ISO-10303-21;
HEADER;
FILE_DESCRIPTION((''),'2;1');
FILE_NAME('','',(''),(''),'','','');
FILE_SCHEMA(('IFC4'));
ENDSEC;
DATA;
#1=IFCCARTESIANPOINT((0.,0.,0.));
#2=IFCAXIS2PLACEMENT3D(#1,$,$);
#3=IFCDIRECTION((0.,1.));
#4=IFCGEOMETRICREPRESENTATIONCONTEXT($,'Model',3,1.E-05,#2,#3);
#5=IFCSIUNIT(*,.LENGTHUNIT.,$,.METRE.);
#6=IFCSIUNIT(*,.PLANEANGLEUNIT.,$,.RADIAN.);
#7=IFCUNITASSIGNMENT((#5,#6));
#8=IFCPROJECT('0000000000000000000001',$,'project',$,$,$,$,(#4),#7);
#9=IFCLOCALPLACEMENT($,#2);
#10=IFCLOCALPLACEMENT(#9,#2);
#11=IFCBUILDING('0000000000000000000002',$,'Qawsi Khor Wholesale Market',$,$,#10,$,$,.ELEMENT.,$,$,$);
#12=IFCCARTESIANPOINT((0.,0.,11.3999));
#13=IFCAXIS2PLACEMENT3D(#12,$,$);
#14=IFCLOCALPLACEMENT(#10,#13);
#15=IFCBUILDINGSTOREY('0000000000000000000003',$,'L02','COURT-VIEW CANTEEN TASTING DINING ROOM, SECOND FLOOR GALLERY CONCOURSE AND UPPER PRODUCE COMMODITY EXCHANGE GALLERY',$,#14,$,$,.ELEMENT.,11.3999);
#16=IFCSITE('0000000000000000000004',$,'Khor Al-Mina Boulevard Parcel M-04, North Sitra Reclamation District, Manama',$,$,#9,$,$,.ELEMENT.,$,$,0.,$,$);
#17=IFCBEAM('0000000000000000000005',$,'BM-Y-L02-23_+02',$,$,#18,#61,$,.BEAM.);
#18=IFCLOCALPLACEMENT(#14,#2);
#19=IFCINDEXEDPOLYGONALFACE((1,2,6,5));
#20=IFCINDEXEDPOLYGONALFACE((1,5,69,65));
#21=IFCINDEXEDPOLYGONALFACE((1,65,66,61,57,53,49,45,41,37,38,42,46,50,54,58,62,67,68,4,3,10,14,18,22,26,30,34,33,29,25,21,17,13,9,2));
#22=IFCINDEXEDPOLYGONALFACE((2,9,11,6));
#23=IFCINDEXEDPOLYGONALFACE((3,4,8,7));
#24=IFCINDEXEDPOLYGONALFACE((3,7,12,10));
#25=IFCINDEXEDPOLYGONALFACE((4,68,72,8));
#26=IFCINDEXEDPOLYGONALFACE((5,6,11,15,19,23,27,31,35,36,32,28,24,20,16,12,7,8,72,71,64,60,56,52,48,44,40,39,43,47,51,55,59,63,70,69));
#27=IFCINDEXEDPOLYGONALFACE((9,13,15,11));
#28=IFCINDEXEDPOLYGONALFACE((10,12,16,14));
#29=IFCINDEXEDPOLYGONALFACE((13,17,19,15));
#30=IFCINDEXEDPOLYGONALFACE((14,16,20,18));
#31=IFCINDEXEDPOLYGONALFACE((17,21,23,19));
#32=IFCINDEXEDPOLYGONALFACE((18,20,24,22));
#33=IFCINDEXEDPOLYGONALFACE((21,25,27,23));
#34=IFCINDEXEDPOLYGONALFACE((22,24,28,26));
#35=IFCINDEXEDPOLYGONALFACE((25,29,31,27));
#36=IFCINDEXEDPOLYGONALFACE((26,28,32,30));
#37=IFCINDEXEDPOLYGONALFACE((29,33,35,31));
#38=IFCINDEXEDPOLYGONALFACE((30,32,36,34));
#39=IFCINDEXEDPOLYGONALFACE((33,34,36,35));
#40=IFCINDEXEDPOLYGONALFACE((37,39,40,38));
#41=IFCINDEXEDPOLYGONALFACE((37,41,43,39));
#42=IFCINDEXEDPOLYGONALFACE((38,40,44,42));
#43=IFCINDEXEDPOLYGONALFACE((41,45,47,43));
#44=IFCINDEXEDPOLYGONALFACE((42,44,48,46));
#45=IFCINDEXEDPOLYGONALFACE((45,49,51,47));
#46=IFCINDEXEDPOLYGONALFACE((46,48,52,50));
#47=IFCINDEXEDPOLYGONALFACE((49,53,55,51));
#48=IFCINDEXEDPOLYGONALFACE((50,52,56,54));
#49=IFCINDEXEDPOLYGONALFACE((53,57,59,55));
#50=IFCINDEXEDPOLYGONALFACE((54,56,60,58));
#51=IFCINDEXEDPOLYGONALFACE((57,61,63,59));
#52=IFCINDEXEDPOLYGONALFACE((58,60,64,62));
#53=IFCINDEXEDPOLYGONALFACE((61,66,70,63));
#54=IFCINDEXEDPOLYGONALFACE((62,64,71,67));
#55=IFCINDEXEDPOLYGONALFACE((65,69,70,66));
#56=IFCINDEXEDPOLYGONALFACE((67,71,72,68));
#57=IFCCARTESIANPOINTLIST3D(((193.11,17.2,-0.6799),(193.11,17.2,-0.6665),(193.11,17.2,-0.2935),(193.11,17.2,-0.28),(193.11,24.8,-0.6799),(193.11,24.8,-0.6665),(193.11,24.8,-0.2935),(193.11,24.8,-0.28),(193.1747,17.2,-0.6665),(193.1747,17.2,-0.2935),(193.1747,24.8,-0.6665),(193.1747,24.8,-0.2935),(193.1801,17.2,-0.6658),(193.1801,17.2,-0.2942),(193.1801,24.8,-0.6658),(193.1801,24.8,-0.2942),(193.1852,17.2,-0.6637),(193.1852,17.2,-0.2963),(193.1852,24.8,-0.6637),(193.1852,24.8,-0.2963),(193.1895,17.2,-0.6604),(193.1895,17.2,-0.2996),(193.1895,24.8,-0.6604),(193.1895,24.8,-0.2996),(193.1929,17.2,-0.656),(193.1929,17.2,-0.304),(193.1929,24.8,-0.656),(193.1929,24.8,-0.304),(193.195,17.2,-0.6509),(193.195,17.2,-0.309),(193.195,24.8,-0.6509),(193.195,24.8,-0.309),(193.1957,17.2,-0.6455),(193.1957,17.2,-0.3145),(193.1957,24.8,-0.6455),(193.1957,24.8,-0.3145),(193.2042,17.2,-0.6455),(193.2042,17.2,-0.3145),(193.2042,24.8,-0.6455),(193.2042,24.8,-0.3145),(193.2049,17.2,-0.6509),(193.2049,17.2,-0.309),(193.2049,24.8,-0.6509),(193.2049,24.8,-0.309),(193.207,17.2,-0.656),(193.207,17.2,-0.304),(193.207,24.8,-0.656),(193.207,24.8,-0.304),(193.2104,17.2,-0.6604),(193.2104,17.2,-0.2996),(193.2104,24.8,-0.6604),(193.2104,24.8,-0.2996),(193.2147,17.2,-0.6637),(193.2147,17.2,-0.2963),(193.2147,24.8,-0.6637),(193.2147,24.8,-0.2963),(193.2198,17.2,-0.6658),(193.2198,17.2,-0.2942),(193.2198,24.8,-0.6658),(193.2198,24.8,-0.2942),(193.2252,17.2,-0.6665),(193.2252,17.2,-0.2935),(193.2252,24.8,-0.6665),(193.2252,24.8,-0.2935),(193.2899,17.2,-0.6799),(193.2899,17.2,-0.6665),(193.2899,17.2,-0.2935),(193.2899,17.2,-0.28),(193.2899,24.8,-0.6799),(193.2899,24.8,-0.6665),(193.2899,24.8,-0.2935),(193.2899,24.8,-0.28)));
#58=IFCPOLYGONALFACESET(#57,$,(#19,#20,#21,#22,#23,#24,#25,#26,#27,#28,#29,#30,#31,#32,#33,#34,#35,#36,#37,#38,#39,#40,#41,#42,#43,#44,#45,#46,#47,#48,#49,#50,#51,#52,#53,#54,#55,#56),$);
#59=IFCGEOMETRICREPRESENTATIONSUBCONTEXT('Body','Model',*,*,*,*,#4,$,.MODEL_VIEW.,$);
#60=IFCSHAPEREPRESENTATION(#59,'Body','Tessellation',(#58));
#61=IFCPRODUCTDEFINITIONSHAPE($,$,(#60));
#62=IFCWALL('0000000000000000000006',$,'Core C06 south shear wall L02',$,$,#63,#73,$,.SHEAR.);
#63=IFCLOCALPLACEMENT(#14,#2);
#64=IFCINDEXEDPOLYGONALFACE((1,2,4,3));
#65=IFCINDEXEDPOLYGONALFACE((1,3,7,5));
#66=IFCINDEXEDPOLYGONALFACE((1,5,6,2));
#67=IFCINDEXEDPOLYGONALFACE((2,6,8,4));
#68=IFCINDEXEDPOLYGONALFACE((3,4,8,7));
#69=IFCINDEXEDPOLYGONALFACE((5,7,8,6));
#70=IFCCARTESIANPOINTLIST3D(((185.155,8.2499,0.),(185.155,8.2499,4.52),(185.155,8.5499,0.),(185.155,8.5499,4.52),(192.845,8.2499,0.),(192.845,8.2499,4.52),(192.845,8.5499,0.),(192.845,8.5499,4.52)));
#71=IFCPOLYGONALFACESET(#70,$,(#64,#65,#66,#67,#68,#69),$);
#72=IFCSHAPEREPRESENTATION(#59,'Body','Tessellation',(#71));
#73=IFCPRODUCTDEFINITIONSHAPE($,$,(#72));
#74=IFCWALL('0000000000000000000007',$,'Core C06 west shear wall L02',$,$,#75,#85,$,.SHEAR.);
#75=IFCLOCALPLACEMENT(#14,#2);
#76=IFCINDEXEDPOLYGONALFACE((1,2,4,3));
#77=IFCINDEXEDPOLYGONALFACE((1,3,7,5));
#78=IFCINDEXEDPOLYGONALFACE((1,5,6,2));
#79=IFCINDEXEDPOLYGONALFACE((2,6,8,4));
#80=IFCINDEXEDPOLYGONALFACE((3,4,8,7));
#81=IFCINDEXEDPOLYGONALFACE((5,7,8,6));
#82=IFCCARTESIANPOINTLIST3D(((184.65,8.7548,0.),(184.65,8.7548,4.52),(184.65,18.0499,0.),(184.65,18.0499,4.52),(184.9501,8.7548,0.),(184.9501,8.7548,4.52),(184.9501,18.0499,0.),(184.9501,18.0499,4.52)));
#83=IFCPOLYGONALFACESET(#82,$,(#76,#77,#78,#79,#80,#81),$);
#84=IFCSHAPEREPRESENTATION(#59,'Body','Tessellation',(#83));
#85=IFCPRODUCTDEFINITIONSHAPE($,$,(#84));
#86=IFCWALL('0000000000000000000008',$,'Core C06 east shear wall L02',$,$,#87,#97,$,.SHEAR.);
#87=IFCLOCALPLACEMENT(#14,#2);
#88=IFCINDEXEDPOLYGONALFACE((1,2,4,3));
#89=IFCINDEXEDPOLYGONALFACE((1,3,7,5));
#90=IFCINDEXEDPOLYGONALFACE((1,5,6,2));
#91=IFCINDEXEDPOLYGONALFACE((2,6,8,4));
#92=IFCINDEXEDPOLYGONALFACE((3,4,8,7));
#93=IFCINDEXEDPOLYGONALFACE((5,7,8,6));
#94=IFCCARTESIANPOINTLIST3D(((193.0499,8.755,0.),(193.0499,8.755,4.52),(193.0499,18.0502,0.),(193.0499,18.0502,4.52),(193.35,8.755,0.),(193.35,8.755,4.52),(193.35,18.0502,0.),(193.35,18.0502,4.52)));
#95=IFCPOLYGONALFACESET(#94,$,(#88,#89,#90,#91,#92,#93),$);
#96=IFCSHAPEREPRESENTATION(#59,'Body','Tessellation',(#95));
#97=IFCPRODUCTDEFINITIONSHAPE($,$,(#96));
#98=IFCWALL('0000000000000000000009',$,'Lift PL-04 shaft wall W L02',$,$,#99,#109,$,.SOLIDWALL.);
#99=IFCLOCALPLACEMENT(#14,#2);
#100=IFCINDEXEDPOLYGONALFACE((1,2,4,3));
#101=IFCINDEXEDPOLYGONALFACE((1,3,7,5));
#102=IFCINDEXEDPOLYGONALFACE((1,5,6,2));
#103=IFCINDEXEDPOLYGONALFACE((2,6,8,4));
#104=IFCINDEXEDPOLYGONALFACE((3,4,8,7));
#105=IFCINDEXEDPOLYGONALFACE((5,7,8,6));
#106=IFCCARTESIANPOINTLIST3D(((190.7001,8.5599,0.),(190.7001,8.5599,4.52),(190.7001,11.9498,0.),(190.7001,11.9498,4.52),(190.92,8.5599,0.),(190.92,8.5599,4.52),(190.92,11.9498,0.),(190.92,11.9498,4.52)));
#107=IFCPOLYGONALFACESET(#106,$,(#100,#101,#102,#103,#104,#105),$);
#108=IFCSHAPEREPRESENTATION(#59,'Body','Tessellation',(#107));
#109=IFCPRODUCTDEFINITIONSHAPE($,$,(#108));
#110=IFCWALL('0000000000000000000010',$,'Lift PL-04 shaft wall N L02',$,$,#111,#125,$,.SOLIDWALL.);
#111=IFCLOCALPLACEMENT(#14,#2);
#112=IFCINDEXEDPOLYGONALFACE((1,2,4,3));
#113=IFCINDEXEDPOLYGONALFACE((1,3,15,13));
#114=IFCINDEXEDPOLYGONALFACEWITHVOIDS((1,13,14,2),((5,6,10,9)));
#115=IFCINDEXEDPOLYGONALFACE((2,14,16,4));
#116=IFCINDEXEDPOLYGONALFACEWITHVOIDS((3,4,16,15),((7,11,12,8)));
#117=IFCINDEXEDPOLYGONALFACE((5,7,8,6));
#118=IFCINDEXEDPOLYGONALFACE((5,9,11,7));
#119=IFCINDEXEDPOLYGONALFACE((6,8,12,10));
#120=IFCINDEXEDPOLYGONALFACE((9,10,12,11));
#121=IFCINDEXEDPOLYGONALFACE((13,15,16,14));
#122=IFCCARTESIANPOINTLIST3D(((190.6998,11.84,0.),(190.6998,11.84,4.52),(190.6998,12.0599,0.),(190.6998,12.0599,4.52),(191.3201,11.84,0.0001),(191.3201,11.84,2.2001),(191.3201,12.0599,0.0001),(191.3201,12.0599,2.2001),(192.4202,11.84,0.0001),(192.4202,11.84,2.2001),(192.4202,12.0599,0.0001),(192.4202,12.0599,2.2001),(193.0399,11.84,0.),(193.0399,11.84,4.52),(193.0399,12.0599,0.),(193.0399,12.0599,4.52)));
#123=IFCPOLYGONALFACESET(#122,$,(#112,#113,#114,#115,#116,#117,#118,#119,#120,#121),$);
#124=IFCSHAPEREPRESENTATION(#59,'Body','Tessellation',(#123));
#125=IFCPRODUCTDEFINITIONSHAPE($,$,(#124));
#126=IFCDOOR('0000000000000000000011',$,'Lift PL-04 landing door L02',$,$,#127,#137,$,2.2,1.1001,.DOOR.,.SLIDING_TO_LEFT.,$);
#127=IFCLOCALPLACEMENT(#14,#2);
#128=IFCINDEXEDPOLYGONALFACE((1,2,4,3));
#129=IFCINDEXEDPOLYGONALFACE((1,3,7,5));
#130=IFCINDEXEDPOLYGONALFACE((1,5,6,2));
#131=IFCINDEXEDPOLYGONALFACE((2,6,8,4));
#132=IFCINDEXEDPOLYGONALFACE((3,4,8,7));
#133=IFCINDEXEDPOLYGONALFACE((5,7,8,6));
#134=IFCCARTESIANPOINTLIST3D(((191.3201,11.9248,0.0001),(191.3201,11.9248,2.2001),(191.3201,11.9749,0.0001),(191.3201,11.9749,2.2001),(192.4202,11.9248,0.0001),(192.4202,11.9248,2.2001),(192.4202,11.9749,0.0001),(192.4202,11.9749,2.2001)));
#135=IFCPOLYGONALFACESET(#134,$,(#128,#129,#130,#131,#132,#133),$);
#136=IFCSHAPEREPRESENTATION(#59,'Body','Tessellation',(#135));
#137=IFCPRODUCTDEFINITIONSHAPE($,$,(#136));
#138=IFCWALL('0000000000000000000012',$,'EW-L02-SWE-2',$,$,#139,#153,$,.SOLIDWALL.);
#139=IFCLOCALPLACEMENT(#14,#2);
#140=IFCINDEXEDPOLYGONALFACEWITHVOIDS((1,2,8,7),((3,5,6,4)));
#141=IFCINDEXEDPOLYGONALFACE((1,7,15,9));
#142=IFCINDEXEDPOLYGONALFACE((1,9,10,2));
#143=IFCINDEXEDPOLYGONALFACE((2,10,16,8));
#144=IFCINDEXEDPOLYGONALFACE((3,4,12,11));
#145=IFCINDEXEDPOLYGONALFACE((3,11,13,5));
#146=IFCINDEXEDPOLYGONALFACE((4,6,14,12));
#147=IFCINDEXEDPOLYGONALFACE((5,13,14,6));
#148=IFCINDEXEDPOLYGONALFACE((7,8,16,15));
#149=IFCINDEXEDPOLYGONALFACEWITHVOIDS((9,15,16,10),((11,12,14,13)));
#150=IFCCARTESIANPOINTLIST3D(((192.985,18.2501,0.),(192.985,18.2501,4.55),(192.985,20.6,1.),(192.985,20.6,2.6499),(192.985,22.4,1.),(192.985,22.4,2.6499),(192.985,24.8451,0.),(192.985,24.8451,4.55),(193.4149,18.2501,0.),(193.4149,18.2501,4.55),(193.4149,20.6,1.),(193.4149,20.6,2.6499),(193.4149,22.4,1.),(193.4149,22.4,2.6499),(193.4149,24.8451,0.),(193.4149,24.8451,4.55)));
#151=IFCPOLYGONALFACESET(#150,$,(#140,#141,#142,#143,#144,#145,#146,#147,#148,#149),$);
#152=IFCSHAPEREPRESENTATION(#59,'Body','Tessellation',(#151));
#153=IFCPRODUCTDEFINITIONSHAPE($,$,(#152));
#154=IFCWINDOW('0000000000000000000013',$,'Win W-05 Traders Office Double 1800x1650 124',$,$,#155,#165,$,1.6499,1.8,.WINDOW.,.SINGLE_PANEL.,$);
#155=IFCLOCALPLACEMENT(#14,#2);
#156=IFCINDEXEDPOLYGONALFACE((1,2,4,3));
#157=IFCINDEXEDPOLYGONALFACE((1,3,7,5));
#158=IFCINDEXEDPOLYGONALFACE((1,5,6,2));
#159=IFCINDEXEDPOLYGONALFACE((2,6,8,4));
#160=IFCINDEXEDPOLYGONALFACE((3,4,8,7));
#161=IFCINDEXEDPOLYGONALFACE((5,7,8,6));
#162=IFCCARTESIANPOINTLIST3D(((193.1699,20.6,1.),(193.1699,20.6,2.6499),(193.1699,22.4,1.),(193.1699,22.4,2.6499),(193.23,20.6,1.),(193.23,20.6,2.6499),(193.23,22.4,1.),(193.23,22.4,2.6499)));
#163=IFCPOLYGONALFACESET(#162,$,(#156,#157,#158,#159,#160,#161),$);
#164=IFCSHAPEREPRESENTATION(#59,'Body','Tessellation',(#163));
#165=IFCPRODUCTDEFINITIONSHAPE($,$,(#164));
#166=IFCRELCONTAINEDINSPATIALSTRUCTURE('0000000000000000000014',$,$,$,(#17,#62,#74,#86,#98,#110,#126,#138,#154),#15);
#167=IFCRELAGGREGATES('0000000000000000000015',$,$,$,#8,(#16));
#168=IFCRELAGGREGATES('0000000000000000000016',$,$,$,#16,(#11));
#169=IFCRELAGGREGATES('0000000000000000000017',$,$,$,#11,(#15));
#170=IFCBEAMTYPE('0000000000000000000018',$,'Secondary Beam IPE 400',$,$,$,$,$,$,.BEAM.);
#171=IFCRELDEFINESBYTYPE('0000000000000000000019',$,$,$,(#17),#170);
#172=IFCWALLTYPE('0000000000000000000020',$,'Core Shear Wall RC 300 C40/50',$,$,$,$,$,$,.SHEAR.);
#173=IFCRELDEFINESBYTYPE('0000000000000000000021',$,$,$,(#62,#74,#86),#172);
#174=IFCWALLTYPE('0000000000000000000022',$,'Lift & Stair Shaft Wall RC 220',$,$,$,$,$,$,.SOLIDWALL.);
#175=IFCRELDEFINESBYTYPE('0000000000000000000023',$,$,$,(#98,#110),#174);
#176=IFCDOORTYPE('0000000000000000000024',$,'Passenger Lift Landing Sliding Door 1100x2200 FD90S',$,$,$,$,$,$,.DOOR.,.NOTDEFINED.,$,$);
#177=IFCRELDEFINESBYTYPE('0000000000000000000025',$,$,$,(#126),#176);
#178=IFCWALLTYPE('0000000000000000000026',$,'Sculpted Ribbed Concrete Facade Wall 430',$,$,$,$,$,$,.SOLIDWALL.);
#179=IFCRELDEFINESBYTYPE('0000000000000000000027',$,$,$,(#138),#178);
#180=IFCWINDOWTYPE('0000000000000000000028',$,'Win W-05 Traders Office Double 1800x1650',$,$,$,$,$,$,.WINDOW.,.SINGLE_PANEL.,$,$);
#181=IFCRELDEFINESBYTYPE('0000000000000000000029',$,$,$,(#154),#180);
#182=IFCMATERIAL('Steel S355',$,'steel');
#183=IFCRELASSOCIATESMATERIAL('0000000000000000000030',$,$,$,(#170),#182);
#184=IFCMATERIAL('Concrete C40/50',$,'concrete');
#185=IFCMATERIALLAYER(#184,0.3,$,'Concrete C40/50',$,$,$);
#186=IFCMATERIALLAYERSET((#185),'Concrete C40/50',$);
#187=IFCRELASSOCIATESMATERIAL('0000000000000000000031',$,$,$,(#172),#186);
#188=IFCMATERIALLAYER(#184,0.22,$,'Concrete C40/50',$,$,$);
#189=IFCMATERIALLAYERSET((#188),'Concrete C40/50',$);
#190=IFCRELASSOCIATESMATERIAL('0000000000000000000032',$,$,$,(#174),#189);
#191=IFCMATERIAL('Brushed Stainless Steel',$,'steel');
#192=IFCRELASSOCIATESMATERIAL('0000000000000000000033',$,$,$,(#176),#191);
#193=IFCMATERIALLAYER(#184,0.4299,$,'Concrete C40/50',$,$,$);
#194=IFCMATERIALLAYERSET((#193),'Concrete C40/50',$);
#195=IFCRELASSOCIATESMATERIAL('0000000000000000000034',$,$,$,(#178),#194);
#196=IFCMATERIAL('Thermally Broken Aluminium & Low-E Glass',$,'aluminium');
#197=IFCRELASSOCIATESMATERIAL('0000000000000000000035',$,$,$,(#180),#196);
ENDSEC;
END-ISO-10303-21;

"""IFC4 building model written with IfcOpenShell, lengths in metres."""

from ifc_helpers import new_model, si_unit, direction, frame, frame_2d, origin, origin_2d, place, context, subcontext, project, spatial, rectangle, i_section, extrude, material, layer, layer_set, material_profile, profile_set, type_object, element, fill, save


model = new_model("IFC4")

# Units and contexts
model_context = context("Model", 3, precision=1e-05, world=origin(), true_north=direction((0.0, 1.0)))
body_context = subcontext(model_context, "Body", "Model", "MODEL_VIEW")
ifc_project = project(units=[si_unit("LENGTHUNIT", "METRE"), si_unit("PLANEANGLEUNIT", "RADIAN")], contexts=[model_context])

# Site, building, storey
site_placement = place(None, origin())
site = spatial("IfcSite", under=ifc_project, at=site_placement, Name="Khor Al-Mina Boulevard Parcel M-04, North Sitra Reclamation District, Manama", CompositionType="ELEMENT", RefElevation=0.0)
building_placement = place(site_placement, origin())
building = spatial("IfcBuilding", under=site, at=building_placement, Name="Qawsi Khor Wholesale Market", CompositionType="ELEMENT")
storey_placement = place(building_placement, frame((0.0, 0.0, 11.3999)))
storey = spatial("IfcBuildingStorey", under=building, at=storey_placement, Name="L02", Description="COURT-VIEW CANTEEN TASTING DINING ROOM, SECOND FLOOR GALLERY CONCOURSE AND UPPER PRODUCE COMMODITY EXCHANGE GALLERY", CompositionType="ELEMENT", Elevation=11.3999)

# Shared definitions
ifc_material_1 = material(Name="Concrete C40/50", Category="concrete")

# Beam
ifc_material_2 = material(Name="Steel S355", Category="steel")
ifc_material_profile_1 = material_profile(ifc_material_2, i_section(OverallWidth=0.1799, OverallDepth=0.3999, WebThickness=0.0085, FlangeThickness=0.0134, FilletRadius=0.021, at=origin_2d()), Name="IPE 400")
ifc_profile_set_1 = profile_set([ifc_material_profile_1], Name="Steel S355")
beam_type_1 = type_object("IfcBeamType", Name="Secondary Beam IPE 400", PredefinedType="BEAM", material=ifc_profile_set_1)
beam_1_placement = place(storey_placement, frame((193.2, 17.2, -0.48), z_axis=(0.0, 1.0, 0.0), x_axis=(-1.0, 0.0, 0.0)))
element("IfcBeam", 1, at=beam_1_placement, inside=storey, type_object=beam_type_1, Name="BM-Y-L02-23_+02", PredefinedType="BEAM", context=body_context, shape_type="SweptSolid", body=[
    extrude(i_section(OverallWidth=0.1799, OverallDepth=0.3999, WebThickness=0.0085, FlangeThickness=0.0134, FilletRadius=0.021, at=origin_2d()), origin(), (0.0, 0.0, 1.0), 7.6001),
])

# Walls
ifc_layer_1 = layer(ifc_material_1, 0.3, Name="Concrete C40/50")
ifc_layer_set_1 = layer_set([ifc_layer_1], Name="Concrete C40/50")
wall_type_1 = type_object("IfcWallType", Name="Core Shear Wall RC 300 C40/50", PredefinedType="SHEAR", material=ifc_layer_set_1)
wall_1_placement = place(storey_placement, frame((192.845, 8.3999, 0.0), z_axis=(0.0, 0.0, 1.0), x_axis=(-1.0, 0.0, 0.0)))
element("IfcWall", 2, at=wall_1_placement, inside=storey, type_object=wall_type_1, Name="Core C06 south shear wall L02", PredefinedType="SHEAR", context=body_context, shape_type="SweptSolid", body=[
    extrude(rectangle(XDim=7.6899, YDim=0.3, at=frame_2d((3.845, 0.0))), origin(), (0.0, 0.0, 1.0), 4.52),
])
for number, where, z_axis, x_axis, name in (
    (3, (184.8, 8.7549, 0.0), (0.0, 0.0, 1.0), (0.0, 1.0, 0.0), "Core C06 west shear wall L02"),
    (4, (193.2, 18.05, 0.0), (0.0, 0.0, 1.0), (0.0, -1.0, 0.0), "Core C06 east shear wall L02"),
):
    element("IfcWall", number, at=place(storey_placement, frame(where, z_axis=z_axis, x_axis=x_axis)), inside=storey, type_object=wall_type_1, Name=name, PredefinedType="SHEAR", context=body_context, shape_type="SweptSolid", body=[
        extrude(rectangle(XDim=9.2952, YDim=0.3, at=frame_2d((4.6475, 0.0))), origin(), (0.0, 0.0, 1.0), 4.52),
    ])
ifc_layer_2 = layer(ifc_material_1, 0.22, Name="Concrete C40/50")
ifc_layer_set_2 = layer_set([ifc_layer_2], Name="Concrete C40/50")
wall_type_2 = type_object("IfcWallType", Name="Lift & Stair Shaft Wall RC 220", PredefinedType="SOLIDWALL", material=ifc_layer_set_2)
wall_2_placement = place(storey_placement, frame((190.8101, 8.5601, 0.0), z_axis=(0.0, 0.0, 1.0), x_axis=(0.0, 1.0, 0.0)))
element("IfcWall", 5, at=wall_2_placement, inside=storey, type_object=wall_type_2, Name="Lift PL-04 shaft wall W L02", PredefinedType="SOLIDWALL", context=body_context, shape_type="SweptSolid", body=[
    extrude(rectangle(XDim=3.3899, YDim=0.22, at=frame_2d((1.6948, 0.0))), origin(), (0.0, 0.0, 1.0), 4.52),
])

# Wall, opening, door
wall_3_placement = place(storey_placement, frame((190.7, 11.95, 0.0), z_axis=(0.0, 0.0, 1.0), x_axis=(1.0, 0.0, 0.0)))
wall_3 = element("IfcWall", 6, at=wall_3_placement, inside=storey, type_object=wall_type_2, Name="Lift PL-04 shaft wall N L02", PredefinedType="SOLIDWALL", context=body_context, shape_type="SweptSolid", body=[
    extrude(rectangle(XDim=2.3401, YDim=0.22, at=frame_2d((1.1699, 0.0))), origin(), (0.0, 0.0, 1.0), 4.52),
])
opening_1_placement = place(wall_3_placement, frame((0.6201, 0.0, 0.0)))
opening_1 = element("IfcOpeningElement", 7, at=opening_1_placement, cuts=wall_3, PredefinedType="OPENING", context=body_context, shape_type="SweptSolid", body=[
    extrude(rectangle(XDim=1.1001, YDim=2.2, at=frame_2d((0.55, 1.1001))), frame((0.0, 0.1199, 0.0), z_axis=(0.0, -1.0, 0.0), x_axis=(1.0, 0.0, 0.0)), (0.0, 0.0, 1.0), 0.24),
])
ifc_material_3 = material(Name="Brushed Stainless Steel", Category="steel")
door_type_1 = type_object("IfcDoorType", Name="Passenger Lift Landing Sliding Door 1100x2200 FD90S", OperationType="NOTDEFINED", PredefinedType="DOOR", material=ifc_material_3)
door_1_placement = place(opening_1_placement, origin())
door_1 = element("IfcDoor", 8, at=door_1_placement, inside=storey, type_object=door_type_1, Name="Lift PL-04 landing door L02", OperationType="SLIDING_TO_LEFT", OverallHeight=2.2, OverallWidth=1.1001, PredefinedType="DOOR", context=body_context, shape_type="SweptSolid", body=[
    extrude(rectangle(XDim=1.1001, YDim=2.2, at=frame_2d((0.55, 1.1001))), frame((0.0, 0.0249, 0.0), z_axis=(0.0, -1.0, 0.0), x_axis=(1.0, 0.0, 0.0)), (0.0, 0.0, 1.0), 0.05),
])
fill(opening_1, door_1)

# Wall, opening, window
ifc_layer_3 = layer(ifc_material_1, 0.4299, Name="Concrete C40/50")
ifc_layer_set_3 = layer_set([ifc_layer_3], Name="Concrete C40/50")
wall_type_3 = type_object("IfcWallType", Name="Sculpted Ribbed Concrete Facade Wall 430", PredefinedType="SOLIDWALL", material=ifc_layer_set_3)
wall_4_placement = place(storey_placement, frame((193.2, 24.845, 0.0), z_axis=(0.0, 0.0, 1.0), x_axis=(0.0, -1.0, 0.0)))
wall_4 = element("IfcWall", 9, at=wall_4_placement, inside=storey, type_object=wall_type_3, Name="EW-L02-SWE-2", PredefinedType="SOLIDWALL", context=body_context, shape_type="SweptSolid", body=[
    extrude(rectangle(XDim=6.595, YDim=0.4299, at=frame_2d((3.2974, 0.0))), origin(), (0.0, 0.0, 1.0), 4.55),
])
opening_2_placement = place(wall_4_placement, frame((2.4451, 0.0, 1.0)))
opening_2 = element("IfcOpeningElement", 10, at=opening_2_placement, cuts=wall_4, PredefinedType="OPENING", context=body_context, shape_type="SweptSolid", body=[
    extrude(rectangle(XDim=1.8, YDim=1.6499, at=frame_2d((0.8999, 0.825))), frame((0.0, 0.2249, 0.0), z_axis=(0.0, -1.0, 0.0), x_axis=(1.0, 0.0, 0.0)), (0.0, 0.0, 1.0), 0.45),
])
ifc_material_4 = material(Name="Thermally Broken Aluminium & Low-E Glass", Category="aluminium")
window_type = type_object("IfcWindowType", Name="Win W-05 Traders Office Double 1800x1650", PartitioningType="SINGLE_PANEL", PredefinedType="WINDOW", material=ifc_material_4)
window_placement = place(opening_2_placement, origin())
window = element("IfcWindow", 11, at=window_placement, inside=storey, type_object=window_type, Name="Win W-05 Traders Office Double 1800x1650 124", OverallHeight=1.6499, OverallWidth=1.8, PartitioningType="SINGLE_PANEL", PredefinedType="WINDOW", context=body_context, shape_type="SweptSolid", body=[
    extrude(rectangle(XDim=1.8, YDim=1.6499, at=frame_2d((0.8999, 0.825))), frame((0.0, 0.03, 0.0), z_axis=(0.0, -1.0, 0.0), x_axis=(1.0, 0.0, 0.0)), (0.0, 0.0, 1.0), 0.0601),
])
fill(opening_2, window)

save(model, "model.ifc")
